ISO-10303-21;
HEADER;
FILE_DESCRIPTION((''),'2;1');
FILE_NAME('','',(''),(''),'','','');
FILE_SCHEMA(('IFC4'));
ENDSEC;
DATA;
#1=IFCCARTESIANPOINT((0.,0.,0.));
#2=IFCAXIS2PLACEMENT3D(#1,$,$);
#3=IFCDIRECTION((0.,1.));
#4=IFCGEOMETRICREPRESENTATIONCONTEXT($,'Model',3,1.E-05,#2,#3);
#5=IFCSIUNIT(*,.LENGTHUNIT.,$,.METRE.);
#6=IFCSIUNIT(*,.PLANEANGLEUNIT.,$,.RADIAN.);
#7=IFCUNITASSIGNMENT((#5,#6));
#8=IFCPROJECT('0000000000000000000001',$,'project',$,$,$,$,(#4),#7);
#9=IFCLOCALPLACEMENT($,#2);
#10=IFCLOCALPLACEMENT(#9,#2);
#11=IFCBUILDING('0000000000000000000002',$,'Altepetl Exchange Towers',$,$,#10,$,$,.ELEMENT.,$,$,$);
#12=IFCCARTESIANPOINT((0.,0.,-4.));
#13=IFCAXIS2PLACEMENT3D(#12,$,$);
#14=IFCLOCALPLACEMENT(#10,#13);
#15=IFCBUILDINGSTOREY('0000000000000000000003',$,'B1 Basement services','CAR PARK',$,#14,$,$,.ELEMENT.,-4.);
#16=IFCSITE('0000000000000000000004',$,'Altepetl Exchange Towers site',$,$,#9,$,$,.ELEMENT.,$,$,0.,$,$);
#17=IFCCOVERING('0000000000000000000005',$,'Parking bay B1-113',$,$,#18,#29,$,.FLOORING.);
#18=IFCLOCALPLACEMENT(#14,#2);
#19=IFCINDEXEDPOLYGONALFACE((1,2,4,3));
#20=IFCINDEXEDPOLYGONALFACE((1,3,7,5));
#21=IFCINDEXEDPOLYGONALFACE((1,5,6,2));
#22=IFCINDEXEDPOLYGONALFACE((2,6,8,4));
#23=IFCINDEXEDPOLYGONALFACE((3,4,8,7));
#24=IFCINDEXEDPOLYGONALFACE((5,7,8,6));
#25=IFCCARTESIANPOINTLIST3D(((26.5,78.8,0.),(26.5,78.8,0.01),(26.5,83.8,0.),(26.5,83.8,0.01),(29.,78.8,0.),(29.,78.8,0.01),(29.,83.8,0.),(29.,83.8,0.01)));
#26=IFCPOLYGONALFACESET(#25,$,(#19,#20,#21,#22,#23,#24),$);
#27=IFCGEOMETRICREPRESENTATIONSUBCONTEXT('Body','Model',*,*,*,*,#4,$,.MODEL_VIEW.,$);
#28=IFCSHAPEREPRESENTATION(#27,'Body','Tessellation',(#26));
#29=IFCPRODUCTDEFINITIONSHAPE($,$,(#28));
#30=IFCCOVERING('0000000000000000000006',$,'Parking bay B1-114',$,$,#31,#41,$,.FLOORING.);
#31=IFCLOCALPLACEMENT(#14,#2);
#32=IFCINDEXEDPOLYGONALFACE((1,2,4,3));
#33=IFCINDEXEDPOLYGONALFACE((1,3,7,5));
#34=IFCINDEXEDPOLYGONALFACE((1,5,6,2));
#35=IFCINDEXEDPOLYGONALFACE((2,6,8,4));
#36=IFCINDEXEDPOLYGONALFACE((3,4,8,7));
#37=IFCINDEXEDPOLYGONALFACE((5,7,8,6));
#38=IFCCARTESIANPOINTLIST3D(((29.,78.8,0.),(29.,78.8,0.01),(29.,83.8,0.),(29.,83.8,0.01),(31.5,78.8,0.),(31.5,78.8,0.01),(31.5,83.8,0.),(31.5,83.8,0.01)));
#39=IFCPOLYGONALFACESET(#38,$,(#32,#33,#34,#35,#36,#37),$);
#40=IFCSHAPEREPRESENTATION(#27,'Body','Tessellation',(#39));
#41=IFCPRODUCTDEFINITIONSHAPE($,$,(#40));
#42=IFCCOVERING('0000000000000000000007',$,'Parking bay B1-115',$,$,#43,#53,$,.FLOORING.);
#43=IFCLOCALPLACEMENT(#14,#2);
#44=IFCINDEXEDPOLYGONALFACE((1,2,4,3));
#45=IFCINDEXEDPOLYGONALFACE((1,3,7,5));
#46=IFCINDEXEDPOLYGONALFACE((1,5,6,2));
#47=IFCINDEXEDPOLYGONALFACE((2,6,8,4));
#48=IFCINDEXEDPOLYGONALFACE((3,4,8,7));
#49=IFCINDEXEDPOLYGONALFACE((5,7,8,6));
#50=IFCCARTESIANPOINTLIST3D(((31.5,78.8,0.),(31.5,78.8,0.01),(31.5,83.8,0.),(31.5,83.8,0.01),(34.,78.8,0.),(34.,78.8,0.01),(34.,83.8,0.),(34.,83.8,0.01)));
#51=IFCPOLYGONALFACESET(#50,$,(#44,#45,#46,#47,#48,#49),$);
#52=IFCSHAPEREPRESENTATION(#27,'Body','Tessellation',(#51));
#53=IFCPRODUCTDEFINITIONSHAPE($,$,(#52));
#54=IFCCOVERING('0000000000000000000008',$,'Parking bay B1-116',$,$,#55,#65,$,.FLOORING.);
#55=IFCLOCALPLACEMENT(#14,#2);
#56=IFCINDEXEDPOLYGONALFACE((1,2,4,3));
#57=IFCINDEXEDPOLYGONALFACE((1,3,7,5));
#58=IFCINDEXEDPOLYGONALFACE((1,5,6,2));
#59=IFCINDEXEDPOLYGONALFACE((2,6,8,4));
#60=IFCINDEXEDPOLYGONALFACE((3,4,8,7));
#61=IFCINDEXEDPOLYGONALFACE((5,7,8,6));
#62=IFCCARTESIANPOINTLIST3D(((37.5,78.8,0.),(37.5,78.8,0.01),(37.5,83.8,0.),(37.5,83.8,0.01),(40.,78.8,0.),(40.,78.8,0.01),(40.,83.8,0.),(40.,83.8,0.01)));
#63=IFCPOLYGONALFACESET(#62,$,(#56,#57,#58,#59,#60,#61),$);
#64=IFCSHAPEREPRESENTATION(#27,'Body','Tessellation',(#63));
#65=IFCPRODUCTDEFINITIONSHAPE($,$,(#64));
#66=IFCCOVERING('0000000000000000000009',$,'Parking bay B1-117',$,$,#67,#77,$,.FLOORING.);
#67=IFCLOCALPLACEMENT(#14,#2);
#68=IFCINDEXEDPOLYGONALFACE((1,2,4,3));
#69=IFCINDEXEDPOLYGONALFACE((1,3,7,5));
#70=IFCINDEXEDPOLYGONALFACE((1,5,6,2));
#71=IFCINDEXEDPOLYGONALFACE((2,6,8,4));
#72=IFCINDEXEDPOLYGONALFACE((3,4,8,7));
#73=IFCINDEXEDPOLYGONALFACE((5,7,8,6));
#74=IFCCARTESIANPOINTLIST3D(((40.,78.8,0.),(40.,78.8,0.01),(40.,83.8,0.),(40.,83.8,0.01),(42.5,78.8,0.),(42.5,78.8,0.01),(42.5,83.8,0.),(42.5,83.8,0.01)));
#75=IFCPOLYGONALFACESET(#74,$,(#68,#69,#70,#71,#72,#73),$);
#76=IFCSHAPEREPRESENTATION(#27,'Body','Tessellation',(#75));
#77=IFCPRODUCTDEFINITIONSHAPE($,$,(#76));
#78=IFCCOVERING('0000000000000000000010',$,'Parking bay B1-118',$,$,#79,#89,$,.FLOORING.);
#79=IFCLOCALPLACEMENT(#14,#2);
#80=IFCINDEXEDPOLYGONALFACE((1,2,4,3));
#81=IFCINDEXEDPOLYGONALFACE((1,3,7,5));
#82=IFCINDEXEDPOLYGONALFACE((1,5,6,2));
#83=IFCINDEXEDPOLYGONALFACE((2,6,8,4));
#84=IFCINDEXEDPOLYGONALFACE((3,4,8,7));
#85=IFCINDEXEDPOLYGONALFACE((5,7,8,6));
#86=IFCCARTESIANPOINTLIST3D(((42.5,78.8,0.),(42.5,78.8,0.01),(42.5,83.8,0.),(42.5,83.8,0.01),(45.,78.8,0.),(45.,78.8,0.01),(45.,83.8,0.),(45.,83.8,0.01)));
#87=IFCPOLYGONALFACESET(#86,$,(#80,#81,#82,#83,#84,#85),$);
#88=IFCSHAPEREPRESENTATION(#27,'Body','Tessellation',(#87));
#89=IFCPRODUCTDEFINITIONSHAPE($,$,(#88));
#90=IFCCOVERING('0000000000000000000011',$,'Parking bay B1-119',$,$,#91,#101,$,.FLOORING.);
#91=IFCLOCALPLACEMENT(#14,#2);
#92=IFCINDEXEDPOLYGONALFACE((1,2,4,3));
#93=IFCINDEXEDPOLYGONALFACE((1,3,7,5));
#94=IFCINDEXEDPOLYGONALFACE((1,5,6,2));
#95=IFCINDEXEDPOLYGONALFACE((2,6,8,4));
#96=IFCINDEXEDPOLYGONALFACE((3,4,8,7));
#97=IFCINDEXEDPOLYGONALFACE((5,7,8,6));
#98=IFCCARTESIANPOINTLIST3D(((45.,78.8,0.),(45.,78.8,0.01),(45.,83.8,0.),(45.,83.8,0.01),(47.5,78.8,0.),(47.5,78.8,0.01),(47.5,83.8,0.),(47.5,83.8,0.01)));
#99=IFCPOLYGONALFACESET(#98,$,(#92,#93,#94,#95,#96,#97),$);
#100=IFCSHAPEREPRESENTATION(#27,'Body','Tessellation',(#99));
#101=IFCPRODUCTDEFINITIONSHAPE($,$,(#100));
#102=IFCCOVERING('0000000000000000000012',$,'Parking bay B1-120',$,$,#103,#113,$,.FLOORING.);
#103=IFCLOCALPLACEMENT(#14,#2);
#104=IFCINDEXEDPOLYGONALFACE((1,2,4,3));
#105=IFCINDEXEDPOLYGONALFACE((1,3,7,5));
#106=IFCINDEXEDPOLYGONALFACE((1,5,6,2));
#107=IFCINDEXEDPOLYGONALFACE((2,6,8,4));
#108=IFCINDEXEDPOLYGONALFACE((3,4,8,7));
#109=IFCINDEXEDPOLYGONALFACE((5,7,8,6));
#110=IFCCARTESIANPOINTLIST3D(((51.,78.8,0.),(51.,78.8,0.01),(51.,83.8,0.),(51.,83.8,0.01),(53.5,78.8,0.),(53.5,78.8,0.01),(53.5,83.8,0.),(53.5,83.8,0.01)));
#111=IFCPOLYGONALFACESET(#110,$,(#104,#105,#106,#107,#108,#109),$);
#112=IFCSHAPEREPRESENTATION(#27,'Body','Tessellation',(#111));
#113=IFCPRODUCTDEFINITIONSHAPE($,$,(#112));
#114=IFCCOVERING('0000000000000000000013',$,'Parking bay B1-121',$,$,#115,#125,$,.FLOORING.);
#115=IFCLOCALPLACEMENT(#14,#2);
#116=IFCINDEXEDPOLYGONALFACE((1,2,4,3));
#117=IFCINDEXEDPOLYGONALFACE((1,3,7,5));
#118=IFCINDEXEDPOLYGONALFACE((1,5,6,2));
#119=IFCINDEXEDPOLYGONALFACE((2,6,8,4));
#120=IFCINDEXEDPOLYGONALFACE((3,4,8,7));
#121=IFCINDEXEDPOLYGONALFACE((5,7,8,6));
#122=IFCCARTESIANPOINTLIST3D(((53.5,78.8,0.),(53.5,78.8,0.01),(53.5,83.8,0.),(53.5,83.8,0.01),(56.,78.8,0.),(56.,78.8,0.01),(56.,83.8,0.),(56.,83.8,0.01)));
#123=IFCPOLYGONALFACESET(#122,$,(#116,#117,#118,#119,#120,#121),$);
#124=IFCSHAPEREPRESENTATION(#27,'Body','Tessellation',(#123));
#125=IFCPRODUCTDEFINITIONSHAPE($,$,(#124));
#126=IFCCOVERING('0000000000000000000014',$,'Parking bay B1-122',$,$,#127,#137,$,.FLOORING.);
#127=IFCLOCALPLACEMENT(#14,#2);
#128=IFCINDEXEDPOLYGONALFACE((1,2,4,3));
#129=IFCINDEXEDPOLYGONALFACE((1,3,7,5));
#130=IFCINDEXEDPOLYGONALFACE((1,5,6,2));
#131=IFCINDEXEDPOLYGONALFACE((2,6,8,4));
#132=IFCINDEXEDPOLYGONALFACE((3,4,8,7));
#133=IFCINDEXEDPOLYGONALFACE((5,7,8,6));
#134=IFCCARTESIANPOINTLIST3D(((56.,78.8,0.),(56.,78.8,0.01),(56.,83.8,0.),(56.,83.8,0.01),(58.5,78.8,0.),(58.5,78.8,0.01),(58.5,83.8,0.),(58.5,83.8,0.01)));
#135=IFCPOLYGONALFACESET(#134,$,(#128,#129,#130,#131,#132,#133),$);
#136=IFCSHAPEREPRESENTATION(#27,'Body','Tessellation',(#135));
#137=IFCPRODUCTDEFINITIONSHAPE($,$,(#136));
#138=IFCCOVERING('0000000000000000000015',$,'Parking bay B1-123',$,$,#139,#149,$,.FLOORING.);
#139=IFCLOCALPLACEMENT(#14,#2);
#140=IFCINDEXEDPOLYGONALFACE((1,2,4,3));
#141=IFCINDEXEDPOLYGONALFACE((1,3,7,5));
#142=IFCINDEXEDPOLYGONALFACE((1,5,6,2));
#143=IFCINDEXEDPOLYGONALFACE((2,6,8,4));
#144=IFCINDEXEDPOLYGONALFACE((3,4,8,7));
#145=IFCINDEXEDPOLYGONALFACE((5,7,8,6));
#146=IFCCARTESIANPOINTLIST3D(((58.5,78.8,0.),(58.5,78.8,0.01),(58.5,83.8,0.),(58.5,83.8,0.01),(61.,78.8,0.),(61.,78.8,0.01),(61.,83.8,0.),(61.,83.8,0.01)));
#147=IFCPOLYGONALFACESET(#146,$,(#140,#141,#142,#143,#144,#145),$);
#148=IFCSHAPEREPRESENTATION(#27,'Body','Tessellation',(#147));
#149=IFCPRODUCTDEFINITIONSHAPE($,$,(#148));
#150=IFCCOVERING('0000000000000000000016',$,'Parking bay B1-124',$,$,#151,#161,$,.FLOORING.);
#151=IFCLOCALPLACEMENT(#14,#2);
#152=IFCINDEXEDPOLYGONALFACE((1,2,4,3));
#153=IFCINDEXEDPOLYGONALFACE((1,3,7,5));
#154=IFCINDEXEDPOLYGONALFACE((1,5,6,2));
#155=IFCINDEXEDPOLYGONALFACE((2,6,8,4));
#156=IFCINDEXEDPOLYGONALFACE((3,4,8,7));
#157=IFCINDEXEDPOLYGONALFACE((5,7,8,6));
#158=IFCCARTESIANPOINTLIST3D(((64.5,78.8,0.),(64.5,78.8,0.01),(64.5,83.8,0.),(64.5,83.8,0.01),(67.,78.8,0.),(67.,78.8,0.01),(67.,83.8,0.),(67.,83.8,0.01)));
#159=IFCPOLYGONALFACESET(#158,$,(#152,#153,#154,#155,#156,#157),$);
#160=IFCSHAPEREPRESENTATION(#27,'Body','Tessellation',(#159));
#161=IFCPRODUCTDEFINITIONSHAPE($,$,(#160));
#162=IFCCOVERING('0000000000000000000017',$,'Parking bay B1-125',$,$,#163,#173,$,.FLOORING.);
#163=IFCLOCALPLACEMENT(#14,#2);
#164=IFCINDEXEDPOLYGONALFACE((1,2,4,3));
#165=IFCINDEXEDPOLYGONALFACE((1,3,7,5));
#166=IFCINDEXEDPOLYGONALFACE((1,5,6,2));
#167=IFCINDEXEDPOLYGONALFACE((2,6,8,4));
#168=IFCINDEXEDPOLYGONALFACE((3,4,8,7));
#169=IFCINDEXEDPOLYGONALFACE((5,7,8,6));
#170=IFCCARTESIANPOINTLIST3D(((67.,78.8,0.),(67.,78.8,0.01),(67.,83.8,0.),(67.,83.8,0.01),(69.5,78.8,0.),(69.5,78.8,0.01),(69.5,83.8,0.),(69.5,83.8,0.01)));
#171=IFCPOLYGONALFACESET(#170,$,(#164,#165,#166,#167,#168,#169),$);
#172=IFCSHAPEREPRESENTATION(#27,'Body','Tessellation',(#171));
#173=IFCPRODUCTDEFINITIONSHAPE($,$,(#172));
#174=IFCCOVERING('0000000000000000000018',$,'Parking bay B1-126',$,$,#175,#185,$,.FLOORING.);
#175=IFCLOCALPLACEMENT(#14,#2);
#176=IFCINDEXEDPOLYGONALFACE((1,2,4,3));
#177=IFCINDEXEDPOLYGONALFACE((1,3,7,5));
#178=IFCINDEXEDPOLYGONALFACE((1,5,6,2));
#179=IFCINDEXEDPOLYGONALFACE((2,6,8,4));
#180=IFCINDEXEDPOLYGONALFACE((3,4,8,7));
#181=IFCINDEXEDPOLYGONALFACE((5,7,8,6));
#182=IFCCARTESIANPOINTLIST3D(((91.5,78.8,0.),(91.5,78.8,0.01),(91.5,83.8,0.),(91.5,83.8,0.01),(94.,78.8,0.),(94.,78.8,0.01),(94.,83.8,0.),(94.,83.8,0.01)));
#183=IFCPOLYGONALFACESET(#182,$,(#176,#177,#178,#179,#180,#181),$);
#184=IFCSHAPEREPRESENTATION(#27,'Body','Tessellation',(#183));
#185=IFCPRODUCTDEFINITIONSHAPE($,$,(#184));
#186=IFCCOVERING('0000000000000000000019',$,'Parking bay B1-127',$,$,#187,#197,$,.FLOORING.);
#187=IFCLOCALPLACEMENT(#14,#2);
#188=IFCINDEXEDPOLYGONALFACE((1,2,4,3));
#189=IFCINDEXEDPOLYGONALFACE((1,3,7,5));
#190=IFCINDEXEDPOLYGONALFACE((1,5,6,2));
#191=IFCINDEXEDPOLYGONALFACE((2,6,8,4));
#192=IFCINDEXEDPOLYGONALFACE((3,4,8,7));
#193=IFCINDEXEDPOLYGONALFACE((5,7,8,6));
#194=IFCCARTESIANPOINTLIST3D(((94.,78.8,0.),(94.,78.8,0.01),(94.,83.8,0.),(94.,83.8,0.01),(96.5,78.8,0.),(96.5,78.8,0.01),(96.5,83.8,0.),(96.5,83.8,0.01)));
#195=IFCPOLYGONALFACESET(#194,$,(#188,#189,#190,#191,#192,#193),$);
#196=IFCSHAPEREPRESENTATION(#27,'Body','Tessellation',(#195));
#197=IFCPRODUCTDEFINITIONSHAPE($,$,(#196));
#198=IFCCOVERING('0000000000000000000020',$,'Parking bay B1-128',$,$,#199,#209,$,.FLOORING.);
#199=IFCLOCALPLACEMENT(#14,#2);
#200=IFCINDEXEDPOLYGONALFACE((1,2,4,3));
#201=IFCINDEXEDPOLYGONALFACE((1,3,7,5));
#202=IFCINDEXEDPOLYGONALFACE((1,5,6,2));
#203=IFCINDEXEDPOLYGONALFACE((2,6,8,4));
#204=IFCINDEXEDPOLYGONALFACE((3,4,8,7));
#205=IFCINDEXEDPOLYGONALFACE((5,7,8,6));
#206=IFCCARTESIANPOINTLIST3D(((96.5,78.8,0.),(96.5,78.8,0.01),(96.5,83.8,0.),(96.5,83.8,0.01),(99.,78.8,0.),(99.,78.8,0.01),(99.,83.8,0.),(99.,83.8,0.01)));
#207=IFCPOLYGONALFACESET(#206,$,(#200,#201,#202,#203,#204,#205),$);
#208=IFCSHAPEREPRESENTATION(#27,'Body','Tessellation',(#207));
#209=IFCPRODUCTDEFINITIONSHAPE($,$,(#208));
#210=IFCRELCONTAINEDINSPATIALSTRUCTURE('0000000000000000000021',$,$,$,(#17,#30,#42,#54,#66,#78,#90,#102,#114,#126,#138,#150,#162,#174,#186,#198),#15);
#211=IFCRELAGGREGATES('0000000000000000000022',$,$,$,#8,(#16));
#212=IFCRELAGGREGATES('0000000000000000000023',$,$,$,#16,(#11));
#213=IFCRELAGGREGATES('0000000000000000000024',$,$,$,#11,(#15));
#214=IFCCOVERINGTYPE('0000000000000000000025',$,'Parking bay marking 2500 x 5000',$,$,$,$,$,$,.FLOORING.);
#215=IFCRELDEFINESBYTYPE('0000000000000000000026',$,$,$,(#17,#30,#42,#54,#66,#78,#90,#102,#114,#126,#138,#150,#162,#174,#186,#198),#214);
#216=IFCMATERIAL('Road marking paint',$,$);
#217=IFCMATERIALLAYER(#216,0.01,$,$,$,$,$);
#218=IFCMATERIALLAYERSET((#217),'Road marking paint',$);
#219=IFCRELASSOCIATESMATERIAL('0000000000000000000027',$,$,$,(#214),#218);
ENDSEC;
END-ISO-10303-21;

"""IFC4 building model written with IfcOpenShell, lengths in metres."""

from ifc_helpers import new_model, si_unit, direction, frame, origin, place, context, subcontext, project, spatial, polyline, outline, extrude, material, layer, layer_set, type_object, element, save


model = new_model("IFC4")

# Units and contexts
model_context = context("Model", 3, precision=1e-05, world=origin(), true_north=direction((0.0, 1.0)))
body_context = subcontext(model_context, "Body", "Model", "MODEL_VIEW")
ifc_project = project(units=[si_unit("LENGTHUNIT", "METRE"), si_unit("PLANEANGLEUNIT", "RADIAN")], contexts=[model_context])

# Site, building, storey
site_placement = place(None, origin())
site = spatial("IfcSite", under=ifc_project, at=site_placement, Name="Altepetl Exchange Towers site", CompositionType="ELEMENT", RefElevation=0.0)
building_placement = place(site_placement, origin())
building = spatial("IfcBuilding", under=site, at=building_placement, Name="Altepetl Exchange Towers", CompositionType="ELEMENT")
storey_placement = place(building_placement, frame((0.0, 0.0, -4.0)))
storey = spatial("IfcBuildingStorey", under=building, at=storey_placement, Name="B1 Basement services", Description="CAR PARK", CompositionType="ELEMENT", Elevation=-4.0)

# Coverings
ifc_material = material(Name="Road marking paint")
ifc_layer = layer(ifc_material, 0.01)
ifc_layer_set = layer_set([ifc_layer], Name="Road marking paint")
covering_type = type_object("IfcCoveringType", Name="Parking bay marking 2500 x 5000", PredefinedType="FLOORING", material=ifc_layer_set)
covering_1_placement = place(storey_placement, origin())
element("IfcCovering", 1, at=covering_1_placement, inside=storey, type_object=covering_type, Name="Parking bay B1-113", PredefinedType="FLOORING", context=body_context, shape_type="SweptSolid", body=[
    extrude(outline(polyline([(26.5, 78.8), (29.0, 78.8), (29.0, 83.8), (26.5, 83.8), (26.5, 78.8)])), origin(), (0.0, 0.0, 1.0), 0.01),
])
covering_2_placement = place(storey_placement, origin())
element("IfcCovering", 2, at=covering_2_placement, inside=storey, type_object=covering_type, Name="Parking bay B1-114", PredefinedType="FLOORING", context=body_context, shape_type="SweptSolid", body=[
    extrude(outline(polyline([(29.0, 78.8), (31.5, 78.8), (31.5, 83.8), (29.0, 83.8), (29.0, 78.8)])), origin(), (0.0, 0.0, 1.0), 0.01),
])
covering_3_placement = place(storey_placement, origin())
element("IfcCovering", 3, at=covering_3_placement, inside=storey, type_object=covering_type, Name="Parking bay B1-115", PredefinedType="FLOORING", context=body_context, shape_type="SweptSolid", body=[
    extrude(outline(polyline([(31.5, 78.8), (34.0, 78.8), (34.0, 83.8), (31.5, 83.8), (31.5, 78.8)])), origin(), (0.0, 0.0, 1.0), 0.01),
])
covering_4_placement = place(storey_placement, origin())
element("IfcCovering", 4, at=covering_4_placement, inside=storey, type_object=covering_type, Name="Parking bay B1-116", PredefinedType="FLOORING", context=body_context, shape_type="SweptSolid", body=[
    extrude(outline(polyline([(37.5, 78.8), (40.0, 78.8), (40.0, 83.8), (37.5, 83.8), (37.5, 78.8)])), origin(), (0.0, 0.0, 1.0), 0.01),
])
covering_5_placement = place(storey_placement, origin())
element("IfcCovering", 5, at=covering_5_placement, inside=storey, type_object=covering_type, Name="Parking bay B1-117", PredefinedType="FLOORING", context=body_context, shape_type="SweptSolid", body=[
    extrude(outline(polyline([(40.0, 78.8), (42.5, 78.8), (42.5, 83.8), (40.0, 83.8), (40.0, 78.8)])), origin(), (0.0, 0.0, 1.0), 0.01),
])
covering_6_placement = place(storey_placement, origin())
element("IfcCovering", 6, at=covering_6_placement, inside=storey, type_object=covering_type, Name="Parking bay B1-118", PredefinedType="FLOORING", context=body_context, shape_type="SweptSolid", body=[
    extrude(outline(polyline([(42.5, 78.8), (45.0, 78.8), (45.0, 83.8), (42.5, 83.8), (42.5, 78.8)])), origin(), (0.0, 0.0, 1.0), 0.01),
])
covering_7_placement = place(storey_placement, origin())
element("IfcCovering", 7, at=covering_7_placement, inside=storey, type_object=covering_type, Name="Parking bay B1-119", PredefinedType="FLOORING", context=body_context, shape_type="SweptSolid", body=[
    extrude(outline(polyline([(45.0, 78.8), (47.5, 78.8), (47.5, 83.8), (45.0, 83.8), (45.0, 78.8)])), origin(), (0.0, 0.0, 1.0), 0.01),
])
covering_8_placement = place(storey_placement, origin())
element("IfcCovering", 8, at=covering_8_placement, inside=storey, type_object=covering_type, Name="Parking bay B1-120", PredefinedType="FLOORING", context=body_context, shape_type="SweptSolid", body=[
    extrude(outline(polyline([(51.0, 78.8), (53.5, 78.8), (53.5, 83.8), (51.0, 83.8), (51.0, 78.8)])), origin(), (0.0, 0.0, 1.0), 0.01),
])
covering_9_placement = place(storey_placement, origin())
element("IfcCovering", 9, at=covering_9_placement, inside=storey, type_object=covering_type, Name="Parking bay B1-121", PredefinedType="FLOORING", context=body_context, shape_type="SweptSolid", body=[
    extrude(outline(polyline([(53.5, 78.8), (56.0, 78.8), (56.0, 83.8), (53.5, 83.8), (53.5, 78.8)])), origin(), (0.0, 0.0, 1.0), 0.01),
])
covering_10_placement = place(storey_placement, origin())
element("IfcCovering", 10, at=covering_10_placement, inside=storey, type_object=covering_type, Name="Parking bay B1-122", PredefinedType="FLOORING", context=body_context, shape_type="SweptSolid", body=[
    extrude(outline(polyline([(56.0, 78.8), (58.5, 78.8), (58.5, 83.8), (56.0, 83.8), (56.0, 78.8)])), origin(), (0.0, 0.0, 1.0), 0.01),
])
covering_11_placement = place(storey_placement, origin())
element("IfcCovering", 11, at=covering_11_placement, inside=storey, type_object=covering_type, Name="Parking bay B1-123", PredefinedType="FLOORING", context=body_context, shape_type="SweptSolid", body=[
    extrude(outline(polyline([(58.5, 78.8), (61.0, 78.8), (61.0, 83.8), (58.5, 83.8), (58.5, 78.8)])), origin(), (0.0, 0.0, 1.0), 0.01),
])
covering_12_placement = place(storey_placement, origin())
element("IfcCovering", 12, at=covering_12_placement, inside=storey, type_object=covering_type, Name="Parking bay B1-124", PredefinedType="FLOORING", context=body_context, shape_type="SweptSolid", body=[
    extrude(outline(polyline([(64.5, 78.8), (67.0, 78.8), (67.0, 83.8), (64.5, 83.8), (64.5, 78.8)])), origin(), (0.0, 0.0, 1.0), 0.01),
])
covering_13_placement = place(storey_placement, origin())
element("IfcCovering", 13, at=covering_13_placement, inside=storey, type_object=covering_type, Name="Parking bay B1-125", PredefinedType="FLOORING", context=body_context, shape_type="SweptSolid", body=[
    extrude(outline(polyline([(67.0, 78.8), (69.5, 78.8), (69.5, 83.8), (67.0, 83.8), (67.0, 78.8)])), origin(), (0.0, 0.0, 1.0), 0.01),
])
covering_14_placement = place(storey_placement, origin())
element("IfcCovering", 14, at=covering_14_placement, inside=storey, type_object=covering_type, Name="Parking bay B1-126", PredefinedType="FLOORING", context=body_context, shape_type="SweptSolid", body=[
    extrude(outline(polyline([(91.5, 78.8), (94.0, 78.8), (94.0, 83.8), (91.5, 83.8), (91.5, 78.8)])), origin(), (0.0, 0.0, 1.0), 0.01),
])
covering_15_placement = place(storey_placement, origin())
element("IfcCovering", 15, at=covering_15_placement, inside=storey, type_object=covering_type, Name="Parking bay B1-127", PredefinedType="FLOORING", context=body_context, shape_type="SweptSolid", body=[
    extrude(outline(polyline([(94.0, 78.8), (96.5, 78.8), (96.5, 83.8), (94.0, 83.8), (94.0, 78.8)])), origin(), (0.0, 0.0, 1.0), 0.01),
])
covering_16_placement = place(storey_placement, origin())
element("IfcCovering", 16, at=covering_16_placement, inside=storey, type_object=covering_type, Name="Parking bay B1-128", PredefinedType="FLOORING", context=body_context, shape_type="SweptSolid", body=[
    extrude(outline(polyline([(96.5, 78.8), (99.0, 78.8), (99.0, 83.8), (96.5, 83.8), (96.5, 78.8)])), origin(), (0.0, 0.0, 1.0), 0.01),
])

save(model, "model.ifc")
